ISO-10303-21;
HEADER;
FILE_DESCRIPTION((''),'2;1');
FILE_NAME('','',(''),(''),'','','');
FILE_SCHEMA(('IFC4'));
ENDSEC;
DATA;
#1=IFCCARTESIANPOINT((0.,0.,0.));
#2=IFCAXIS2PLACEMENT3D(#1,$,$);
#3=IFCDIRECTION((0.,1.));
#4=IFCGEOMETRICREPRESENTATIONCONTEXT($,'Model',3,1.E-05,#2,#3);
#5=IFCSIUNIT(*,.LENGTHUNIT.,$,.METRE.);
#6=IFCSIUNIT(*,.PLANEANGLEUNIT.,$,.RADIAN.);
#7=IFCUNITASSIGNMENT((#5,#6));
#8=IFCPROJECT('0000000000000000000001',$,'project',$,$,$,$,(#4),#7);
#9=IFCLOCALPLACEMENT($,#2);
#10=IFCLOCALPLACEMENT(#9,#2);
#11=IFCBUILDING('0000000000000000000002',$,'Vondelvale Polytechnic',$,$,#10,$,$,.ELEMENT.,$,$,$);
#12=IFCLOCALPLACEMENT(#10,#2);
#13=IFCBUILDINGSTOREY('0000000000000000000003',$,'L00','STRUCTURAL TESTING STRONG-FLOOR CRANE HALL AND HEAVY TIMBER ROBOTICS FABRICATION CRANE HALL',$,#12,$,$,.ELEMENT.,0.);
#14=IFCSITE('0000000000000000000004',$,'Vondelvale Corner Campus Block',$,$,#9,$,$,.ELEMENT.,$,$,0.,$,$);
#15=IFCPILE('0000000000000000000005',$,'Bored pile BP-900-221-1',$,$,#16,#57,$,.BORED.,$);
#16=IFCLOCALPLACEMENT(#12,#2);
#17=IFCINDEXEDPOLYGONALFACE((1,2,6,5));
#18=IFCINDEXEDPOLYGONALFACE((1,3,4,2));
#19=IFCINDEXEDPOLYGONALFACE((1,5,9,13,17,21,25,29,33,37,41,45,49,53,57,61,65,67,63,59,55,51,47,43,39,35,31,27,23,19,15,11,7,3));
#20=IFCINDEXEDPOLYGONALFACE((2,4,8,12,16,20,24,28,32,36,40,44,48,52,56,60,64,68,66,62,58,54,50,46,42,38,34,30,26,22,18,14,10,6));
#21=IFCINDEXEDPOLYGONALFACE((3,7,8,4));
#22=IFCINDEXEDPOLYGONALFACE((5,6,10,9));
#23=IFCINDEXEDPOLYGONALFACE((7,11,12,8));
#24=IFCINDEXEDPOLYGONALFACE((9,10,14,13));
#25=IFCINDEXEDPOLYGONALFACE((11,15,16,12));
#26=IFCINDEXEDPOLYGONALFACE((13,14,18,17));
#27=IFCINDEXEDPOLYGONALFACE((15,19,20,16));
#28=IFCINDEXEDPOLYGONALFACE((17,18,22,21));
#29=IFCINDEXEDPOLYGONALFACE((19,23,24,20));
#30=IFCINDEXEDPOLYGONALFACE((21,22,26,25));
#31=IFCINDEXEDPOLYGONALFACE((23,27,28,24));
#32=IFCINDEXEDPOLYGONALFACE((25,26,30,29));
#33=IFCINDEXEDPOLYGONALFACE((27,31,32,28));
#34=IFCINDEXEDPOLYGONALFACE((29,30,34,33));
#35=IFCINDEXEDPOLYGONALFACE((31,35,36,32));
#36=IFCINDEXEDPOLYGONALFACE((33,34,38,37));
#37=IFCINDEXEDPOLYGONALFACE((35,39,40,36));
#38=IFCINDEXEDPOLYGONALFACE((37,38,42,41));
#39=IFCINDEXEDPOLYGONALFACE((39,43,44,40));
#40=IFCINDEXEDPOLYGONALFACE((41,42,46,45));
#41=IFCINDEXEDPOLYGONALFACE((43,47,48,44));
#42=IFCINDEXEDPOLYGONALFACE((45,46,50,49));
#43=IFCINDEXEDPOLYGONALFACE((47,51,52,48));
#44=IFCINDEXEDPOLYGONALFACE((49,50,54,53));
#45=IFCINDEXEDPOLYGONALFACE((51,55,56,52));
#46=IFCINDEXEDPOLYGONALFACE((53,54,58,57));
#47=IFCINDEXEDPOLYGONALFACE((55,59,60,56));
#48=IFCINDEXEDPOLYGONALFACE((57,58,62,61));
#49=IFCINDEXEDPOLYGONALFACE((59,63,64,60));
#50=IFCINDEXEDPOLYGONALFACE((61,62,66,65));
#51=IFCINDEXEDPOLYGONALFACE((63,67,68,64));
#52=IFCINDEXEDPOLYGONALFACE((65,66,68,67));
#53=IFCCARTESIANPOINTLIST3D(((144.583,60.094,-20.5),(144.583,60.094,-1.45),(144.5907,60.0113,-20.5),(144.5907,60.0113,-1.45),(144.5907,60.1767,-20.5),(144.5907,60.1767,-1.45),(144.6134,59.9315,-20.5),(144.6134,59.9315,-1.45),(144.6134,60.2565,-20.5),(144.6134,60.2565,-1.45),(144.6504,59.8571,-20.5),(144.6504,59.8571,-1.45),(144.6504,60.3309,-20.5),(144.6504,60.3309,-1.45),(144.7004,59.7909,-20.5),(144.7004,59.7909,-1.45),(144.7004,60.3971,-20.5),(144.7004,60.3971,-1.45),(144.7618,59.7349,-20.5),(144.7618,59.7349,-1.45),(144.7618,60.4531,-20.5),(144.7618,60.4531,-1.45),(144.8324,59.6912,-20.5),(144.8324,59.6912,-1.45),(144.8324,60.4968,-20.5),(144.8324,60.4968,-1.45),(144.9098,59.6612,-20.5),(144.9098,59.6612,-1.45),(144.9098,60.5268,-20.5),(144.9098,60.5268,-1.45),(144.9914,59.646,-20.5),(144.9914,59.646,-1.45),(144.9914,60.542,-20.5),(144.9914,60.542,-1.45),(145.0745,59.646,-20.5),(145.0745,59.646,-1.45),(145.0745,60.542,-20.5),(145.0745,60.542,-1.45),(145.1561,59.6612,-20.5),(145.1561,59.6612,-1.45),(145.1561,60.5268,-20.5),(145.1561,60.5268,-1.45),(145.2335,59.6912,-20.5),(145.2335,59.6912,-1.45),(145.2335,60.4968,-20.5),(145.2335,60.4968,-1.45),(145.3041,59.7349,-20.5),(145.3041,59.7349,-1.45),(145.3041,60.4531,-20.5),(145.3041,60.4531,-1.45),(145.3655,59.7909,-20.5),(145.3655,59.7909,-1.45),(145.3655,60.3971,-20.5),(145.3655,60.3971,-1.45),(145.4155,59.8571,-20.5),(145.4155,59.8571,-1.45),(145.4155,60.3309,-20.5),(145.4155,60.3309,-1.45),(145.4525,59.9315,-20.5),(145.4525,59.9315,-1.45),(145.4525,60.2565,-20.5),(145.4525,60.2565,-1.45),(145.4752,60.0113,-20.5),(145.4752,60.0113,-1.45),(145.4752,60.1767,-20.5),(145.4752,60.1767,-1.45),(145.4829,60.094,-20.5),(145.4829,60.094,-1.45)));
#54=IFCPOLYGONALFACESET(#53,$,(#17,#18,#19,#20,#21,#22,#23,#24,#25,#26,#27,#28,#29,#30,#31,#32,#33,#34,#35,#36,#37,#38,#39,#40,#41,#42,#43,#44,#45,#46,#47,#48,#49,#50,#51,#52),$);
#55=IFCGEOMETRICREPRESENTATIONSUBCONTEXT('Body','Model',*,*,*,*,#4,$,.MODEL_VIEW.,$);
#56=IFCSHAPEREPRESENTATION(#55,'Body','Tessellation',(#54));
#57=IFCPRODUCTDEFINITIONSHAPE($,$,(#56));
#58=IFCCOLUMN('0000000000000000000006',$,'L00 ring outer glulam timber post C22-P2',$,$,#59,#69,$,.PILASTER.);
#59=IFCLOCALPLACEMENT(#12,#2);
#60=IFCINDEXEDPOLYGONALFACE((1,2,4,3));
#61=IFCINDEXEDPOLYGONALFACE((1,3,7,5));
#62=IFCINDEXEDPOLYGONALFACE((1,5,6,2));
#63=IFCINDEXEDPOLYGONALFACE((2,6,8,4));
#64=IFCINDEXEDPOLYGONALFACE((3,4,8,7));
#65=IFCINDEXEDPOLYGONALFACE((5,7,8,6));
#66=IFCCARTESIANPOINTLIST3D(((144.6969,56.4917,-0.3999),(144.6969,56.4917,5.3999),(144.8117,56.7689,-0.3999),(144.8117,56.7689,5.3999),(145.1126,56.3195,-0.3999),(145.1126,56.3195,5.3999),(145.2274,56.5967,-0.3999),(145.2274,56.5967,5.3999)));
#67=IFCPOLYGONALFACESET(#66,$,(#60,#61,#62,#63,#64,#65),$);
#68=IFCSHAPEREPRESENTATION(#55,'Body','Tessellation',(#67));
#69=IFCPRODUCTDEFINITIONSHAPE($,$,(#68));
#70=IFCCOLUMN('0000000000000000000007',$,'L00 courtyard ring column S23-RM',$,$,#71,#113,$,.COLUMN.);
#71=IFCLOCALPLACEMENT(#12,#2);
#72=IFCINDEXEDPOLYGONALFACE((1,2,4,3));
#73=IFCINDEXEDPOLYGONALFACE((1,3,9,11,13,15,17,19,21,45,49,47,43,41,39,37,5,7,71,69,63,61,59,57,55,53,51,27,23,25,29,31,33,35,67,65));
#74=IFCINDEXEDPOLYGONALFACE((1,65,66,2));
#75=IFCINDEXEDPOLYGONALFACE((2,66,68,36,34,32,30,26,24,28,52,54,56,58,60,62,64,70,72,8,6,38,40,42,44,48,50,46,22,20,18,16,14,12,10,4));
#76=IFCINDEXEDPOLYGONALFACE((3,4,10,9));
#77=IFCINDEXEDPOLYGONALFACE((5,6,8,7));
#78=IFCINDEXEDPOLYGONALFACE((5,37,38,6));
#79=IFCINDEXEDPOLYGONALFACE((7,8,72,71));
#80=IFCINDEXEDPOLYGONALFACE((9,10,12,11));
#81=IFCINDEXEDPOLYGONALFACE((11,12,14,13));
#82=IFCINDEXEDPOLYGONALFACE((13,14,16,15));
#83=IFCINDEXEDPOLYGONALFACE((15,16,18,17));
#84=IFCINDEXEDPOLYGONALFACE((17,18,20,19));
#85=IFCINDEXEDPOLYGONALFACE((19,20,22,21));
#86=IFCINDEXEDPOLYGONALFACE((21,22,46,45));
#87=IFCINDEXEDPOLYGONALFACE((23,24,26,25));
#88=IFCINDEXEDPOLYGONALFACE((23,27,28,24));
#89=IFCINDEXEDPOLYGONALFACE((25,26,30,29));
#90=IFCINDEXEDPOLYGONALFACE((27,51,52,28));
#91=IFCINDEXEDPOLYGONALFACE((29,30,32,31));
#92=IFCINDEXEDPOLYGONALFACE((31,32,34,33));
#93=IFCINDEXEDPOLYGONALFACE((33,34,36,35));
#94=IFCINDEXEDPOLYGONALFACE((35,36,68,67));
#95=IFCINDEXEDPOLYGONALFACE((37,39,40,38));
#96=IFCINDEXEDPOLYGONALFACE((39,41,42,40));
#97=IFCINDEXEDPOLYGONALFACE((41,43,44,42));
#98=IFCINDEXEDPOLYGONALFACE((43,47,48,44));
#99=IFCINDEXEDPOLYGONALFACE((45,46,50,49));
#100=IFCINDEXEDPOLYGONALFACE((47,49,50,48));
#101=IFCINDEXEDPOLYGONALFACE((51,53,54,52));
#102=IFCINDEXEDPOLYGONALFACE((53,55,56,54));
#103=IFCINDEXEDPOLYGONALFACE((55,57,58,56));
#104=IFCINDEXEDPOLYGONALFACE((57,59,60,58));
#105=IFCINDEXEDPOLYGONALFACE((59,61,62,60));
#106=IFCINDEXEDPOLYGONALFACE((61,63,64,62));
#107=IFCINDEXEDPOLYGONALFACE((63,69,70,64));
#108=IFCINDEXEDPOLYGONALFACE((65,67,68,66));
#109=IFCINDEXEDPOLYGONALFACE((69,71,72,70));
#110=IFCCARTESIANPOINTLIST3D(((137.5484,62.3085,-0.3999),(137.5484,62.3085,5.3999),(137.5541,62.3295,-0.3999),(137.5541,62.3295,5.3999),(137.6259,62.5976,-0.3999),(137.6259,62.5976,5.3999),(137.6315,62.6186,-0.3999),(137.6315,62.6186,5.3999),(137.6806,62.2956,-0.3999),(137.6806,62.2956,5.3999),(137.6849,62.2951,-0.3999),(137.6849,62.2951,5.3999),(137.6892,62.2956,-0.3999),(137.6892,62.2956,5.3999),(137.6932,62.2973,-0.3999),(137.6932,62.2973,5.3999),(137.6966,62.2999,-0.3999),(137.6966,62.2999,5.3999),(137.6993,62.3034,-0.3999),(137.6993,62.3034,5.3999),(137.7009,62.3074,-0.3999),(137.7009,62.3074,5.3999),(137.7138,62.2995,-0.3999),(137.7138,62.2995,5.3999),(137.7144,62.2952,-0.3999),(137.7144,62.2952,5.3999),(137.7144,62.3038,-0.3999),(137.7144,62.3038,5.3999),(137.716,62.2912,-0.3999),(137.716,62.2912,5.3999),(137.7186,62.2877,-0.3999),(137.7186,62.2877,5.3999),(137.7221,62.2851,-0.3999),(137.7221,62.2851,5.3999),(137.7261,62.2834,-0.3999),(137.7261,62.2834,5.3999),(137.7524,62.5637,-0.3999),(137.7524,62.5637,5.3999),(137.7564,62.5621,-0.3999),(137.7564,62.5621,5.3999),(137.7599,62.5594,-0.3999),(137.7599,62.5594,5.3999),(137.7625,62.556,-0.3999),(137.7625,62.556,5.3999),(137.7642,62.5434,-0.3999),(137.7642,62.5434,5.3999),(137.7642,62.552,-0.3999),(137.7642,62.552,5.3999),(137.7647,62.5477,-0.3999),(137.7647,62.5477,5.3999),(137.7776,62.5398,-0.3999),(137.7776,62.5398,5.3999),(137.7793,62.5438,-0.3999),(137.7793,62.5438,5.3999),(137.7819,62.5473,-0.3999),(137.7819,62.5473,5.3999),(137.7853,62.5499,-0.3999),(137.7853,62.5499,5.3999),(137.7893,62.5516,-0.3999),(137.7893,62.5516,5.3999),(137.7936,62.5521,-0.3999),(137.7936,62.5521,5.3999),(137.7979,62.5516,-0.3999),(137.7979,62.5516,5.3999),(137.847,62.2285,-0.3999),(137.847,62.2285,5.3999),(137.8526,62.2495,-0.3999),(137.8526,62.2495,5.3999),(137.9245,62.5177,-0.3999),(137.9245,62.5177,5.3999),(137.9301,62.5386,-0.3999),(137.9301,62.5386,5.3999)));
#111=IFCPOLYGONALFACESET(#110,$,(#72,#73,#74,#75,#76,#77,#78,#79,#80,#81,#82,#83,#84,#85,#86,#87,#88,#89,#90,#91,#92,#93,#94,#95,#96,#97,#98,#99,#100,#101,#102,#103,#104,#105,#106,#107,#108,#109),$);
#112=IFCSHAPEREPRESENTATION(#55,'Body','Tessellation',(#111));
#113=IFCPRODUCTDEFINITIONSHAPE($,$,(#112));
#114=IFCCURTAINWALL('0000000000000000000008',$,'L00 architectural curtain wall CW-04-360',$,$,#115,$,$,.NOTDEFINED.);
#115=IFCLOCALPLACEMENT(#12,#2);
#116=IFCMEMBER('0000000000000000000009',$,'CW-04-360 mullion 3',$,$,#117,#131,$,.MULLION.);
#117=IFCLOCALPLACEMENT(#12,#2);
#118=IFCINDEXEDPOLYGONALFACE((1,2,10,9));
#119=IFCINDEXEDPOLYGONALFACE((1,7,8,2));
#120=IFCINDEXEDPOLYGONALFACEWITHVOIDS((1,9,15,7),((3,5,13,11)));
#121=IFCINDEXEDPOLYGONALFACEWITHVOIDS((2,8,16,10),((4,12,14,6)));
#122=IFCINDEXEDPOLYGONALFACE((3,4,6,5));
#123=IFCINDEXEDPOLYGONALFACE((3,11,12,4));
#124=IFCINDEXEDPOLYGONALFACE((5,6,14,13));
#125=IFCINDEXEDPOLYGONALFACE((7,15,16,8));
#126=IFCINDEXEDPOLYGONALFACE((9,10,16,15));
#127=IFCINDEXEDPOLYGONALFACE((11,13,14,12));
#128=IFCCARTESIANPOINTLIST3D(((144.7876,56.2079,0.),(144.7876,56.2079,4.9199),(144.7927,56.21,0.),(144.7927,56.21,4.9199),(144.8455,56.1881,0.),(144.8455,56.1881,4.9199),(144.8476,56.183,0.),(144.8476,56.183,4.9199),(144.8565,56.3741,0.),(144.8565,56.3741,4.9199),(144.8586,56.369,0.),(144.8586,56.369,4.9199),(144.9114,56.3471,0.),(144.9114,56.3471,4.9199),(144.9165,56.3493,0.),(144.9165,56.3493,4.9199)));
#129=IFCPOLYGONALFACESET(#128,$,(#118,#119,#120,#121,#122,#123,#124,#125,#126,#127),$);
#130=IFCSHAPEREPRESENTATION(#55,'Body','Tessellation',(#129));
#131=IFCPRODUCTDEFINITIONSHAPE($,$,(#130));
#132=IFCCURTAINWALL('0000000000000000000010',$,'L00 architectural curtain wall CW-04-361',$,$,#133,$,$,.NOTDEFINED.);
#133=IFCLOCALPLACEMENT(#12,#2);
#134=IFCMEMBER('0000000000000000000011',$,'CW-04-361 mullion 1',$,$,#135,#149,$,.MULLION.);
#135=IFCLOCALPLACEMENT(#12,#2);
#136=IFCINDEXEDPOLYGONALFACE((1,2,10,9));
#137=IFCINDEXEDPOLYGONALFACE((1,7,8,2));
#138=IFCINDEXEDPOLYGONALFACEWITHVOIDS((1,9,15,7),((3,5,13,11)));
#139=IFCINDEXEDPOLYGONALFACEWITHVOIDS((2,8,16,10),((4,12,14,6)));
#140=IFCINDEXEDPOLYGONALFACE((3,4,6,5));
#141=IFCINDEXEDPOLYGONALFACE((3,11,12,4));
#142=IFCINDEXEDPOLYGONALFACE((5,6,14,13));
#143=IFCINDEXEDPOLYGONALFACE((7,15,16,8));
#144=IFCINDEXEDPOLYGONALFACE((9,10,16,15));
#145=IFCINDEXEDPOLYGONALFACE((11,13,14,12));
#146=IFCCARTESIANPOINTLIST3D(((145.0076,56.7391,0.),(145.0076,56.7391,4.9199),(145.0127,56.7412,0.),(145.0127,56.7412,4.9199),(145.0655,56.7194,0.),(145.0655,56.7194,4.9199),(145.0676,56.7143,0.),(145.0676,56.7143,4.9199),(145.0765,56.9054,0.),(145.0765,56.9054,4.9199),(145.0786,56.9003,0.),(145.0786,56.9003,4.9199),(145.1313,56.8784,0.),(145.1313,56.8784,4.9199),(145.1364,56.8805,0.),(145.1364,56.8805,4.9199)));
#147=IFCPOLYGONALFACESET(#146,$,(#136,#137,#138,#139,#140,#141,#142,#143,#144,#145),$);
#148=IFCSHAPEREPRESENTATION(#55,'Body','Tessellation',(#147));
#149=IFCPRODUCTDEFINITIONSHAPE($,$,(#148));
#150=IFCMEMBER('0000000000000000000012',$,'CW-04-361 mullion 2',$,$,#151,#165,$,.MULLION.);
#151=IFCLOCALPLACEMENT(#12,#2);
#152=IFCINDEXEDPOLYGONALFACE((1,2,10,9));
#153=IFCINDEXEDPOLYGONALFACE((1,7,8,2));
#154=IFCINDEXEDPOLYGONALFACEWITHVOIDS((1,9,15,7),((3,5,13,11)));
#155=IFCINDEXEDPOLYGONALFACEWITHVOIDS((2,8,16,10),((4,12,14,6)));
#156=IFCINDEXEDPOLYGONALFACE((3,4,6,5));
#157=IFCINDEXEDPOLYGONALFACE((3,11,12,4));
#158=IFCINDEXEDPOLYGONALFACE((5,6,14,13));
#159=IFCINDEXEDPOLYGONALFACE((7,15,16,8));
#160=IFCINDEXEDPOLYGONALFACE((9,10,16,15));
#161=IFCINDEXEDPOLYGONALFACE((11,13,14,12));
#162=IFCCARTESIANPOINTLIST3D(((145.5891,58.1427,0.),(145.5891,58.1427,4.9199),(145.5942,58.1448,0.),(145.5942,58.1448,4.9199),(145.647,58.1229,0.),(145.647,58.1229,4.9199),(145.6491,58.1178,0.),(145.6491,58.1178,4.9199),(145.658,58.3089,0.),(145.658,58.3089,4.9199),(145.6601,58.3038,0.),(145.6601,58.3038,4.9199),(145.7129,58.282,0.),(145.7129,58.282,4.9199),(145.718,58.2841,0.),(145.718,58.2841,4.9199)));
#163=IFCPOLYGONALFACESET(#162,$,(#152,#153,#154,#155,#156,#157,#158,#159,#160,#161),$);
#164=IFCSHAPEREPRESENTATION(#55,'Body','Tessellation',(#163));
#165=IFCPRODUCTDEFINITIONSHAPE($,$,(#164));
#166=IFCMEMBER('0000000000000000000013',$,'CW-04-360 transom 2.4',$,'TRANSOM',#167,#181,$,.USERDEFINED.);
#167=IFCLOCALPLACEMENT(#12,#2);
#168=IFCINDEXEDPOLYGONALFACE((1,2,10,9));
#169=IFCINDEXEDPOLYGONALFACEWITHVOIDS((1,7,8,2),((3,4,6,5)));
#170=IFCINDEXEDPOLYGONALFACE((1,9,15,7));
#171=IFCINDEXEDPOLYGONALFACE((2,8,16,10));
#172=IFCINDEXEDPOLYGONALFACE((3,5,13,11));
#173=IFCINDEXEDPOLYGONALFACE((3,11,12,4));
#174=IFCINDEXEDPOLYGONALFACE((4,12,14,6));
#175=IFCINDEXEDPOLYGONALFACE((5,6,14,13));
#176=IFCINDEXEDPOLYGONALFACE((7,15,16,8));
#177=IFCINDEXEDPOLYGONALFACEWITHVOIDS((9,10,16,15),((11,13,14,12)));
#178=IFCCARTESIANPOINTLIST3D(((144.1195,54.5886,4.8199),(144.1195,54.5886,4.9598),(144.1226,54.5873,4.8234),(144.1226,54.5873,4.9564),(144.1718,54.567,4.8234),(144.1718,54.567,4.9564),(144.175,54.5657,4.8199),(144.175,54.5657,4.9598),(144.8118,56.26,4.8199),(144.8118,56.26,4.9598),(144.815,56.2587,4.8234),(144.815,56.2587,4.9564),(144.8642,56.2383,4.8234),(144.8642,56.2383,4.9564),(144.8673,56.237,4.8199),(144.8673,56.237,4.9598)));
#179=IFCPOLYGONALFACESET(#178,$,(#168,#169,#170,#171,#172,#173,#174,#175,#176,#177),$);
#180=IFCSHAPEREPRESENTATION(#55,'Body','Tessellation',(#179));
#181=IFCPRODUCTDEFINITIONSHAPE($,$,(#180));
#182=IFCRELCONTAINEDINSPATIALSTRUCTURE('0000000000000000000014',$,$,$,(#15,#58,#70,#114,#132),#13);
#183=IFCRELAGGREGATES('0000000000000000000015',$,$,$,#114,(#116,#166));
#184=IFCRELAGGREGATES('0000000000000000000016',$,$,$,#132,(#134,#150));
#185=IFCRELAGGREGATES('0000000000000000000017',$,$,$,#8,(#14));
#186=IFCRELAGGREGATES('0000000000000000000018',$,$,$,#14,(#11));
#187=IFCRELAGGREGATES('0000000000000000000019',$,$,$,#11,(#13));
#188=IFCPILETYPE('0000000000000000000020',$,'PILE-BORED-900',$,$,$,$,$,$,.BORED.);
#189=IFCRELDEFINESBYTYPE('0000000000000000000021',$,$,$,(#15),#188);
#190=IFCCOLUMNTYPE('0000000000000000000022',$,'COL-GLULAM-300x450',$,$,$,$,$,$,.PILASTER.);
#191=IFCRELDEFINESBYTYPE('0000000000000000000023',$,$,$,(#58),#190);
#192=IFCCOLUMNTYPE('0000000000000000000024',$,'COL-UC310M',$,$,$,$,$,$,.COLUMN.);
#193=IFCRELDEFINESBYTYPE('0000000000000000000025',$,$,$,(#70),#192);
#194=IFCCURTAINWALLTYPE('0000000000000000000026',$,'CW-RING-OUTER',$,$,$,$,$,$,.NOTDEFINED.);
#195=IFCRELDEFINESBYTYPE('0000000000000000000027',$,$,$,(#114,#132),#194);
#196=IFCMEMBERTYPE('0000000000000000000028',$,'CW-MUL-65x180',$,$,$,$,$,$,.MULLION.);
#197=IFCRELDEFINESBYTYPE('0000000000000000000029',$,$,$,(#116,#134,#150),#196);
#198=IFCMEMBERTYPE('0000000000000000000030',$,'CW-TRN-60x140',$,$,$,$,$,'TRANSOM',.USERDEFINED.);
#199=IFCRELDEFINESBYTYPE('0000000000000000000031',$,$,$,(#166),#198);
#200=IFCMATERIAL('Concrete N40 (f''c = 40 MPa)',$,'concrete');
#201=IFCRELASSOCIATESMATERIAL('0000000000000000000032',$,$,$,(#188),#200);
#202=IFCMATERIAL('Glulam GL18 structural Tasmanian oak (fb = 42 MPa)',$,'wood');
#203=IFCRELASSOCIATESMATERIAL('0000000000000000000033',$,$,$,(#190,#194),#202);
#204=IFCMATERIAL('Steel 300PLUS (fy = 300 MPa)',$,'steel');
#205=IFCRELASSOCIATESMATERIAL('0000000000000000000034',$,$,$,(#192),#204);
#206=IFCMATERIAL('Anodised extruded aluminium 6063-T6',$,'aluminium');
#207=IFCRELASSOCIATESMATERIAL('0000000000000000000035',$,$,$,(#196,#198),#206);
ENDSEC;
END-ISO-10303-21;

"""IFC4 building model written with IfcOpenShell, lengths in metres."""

from ifc_helpers import new_model, si_unit, direction, frame, origin, origin_2d, place, context, subcontext, project, spatial, rectangle, hollow_rectangle, circle, i_section, extrude, material, material_profile, profile_set, type_object, element, aggregate, save


model = new_model("IFC4")

# Units and contexts
model_context = context("Model", 3, precision=1e-05, world=origin(), true_north=direction((0.0, 1.0)))
body_context = subcontext(model_context, "Body", "Model", "MODEL_VIEW")
ifc_project = project(units=[si_unit("LENGTHUNIT", "METRE"), si_unit("PLANEANGLEUNIT", "RADIAN")], contexts=[model_context])

# Site, building, storey
site_placement = place(None, origin())
site = spatial("IfcSite", under=ifc_project, at=site_placement, Name="Vondelvale Corner Campus Block", CompositionType="ELEMENT", RefElevation=0.0)
building_placement = place(site_placement, origin())
building = spatial("IfcBuilding", under=site, at=building_placement, Name="Vondelvale Polytechnic", CompositionType="ELEMENT")
storey_placement = place(building_placement, origin())
storey = spatial("IfcBuildingStorey", under=building, at=storey_placement, Name="L00", Description="STRUCTURAL TESTING STRONG-FLOOR CRANE HALL AND HEAVY TIMBER ROBOTICS FABRICATION CRANE HALL", CompositionType="ELEMENT", Elevation=0.0)

# Shared definitions
ifc_material_1 = material(Name="Concrete N40 (f'c = 40 MPa)", Category="concrete")

# Pile
ifc_material_profile_1 = material_profile(ifc_material_1, circle(Radius=0.45, at=origin_2d()), Name="PILE-D900")
ifc_profile_set_1 = profile_set([ifc_material_profile_1], Name="Concrete N40 (f'c = 40 MPa)")
pile_type_1 = type_object("IfcPileType", Name="PILE-BORED-900", PredefinedType="BORED", material=ifc_profile_set_1)
for number, where, z_axis, x_axis, name in (
    (1, (145.033, 60.094, -1.45), (0.0, 0.0, -1.0), (1.0, 0.0, 0.0), "Bored pile BP-900-221-1"),
):
    element("IfcPile", number, at=place(storey_placement, frame(where, z_axis=z_axis, x_axis=x_axis)), inside=storey, type_object=pile_type_1, Name=name, PredefinedType="BORED", context=body_context, shape_type="SweptSolid", body=[
        extrude(circle(Radius=0.45, at=origin_2d()), origin(), (0.0, 0.0, 1.0), 19.05),
    ])

# Columns
ifc_material_2 = material(Name="Glulam GL18 structural Tasmanian oak (fb = 42 MPa)", Category="wood")
ifc_material_profile_2 = material_profile(ifc_material_2, rectangle(XDim=0.3, YDim=0.45, at=origin_2d()), Name="GL-POST-300x450")
ifc_profile_set_2 = profile_set([ifc_material_profile_2], Name="Glulam GL18 structural Tasmanian oak (fb = 42 MPa)")
column_type_1 = type_object("IfcColumnType", Name="COL-GLULAM-300x450", PredefinedType="PILASTER", material=ifc_profile_set_2)
column_1_placement = place(storey_placement, frame((144.9622, 56.5442, -0.3999), z_axis=(0.0, 0.0, 1.0), x_axis=(0.382683, 0.92388, 0.0)))
element("IfcColumn", 2, at=column_1_placement, inside=storey, type_object=column_type_1, Name="L00 ring outer glulam timber post C22-P2", PredefinedType="PILASTER", context=body_context, shape_type="SweptSolid", body=[
    extrude(rectangle(XDim=0.3, YDim=0.45, at=origin_2d()), origin(), (0.0, 0.0, 1.0), 5.7998),
])
ifc_material_3 = material(Name="Steel 300PLUS (fy = 300 MPa)", Category="steel")
ifc_material_profile_3 = material_profile(ifc_material_3, i_section(OverallWidth=0.3091, OverallDepth=0.321, WebThickness=0.0139, FlangeThickness=0.0217, FilletRadius=0.0166, at=origin_2d()), Name="310UC137")
ifc_profile_set_3 = profile_set([ifc_material_profile_3], Name="Steel 300PLUS (fy = 300 MPa)")
column_type_2 = type_object("IfcColumnType", Name="COL-UC310M", PredefinedType="COLUMN", material=ifc_profile_set_3)
column_2_placement = place(storey_placement, frame((137.7393, 62.4236, -0.3999), z_axis=(0.0, 0.0, 1.0), x_axis=(-0.965926, 0.258819, 0.0)))
element("IfcColumn", 3, at=column_2_placement, inside=storey, type_object=column_type_2, Name="L00 courtyard ring column S23-RM", PredefinedType="COLUMN", context=body_context, shape_type="SweptSolid", body=[
    extrude(i_section(OverallWidth=0.3091, OverallDepth=0.321, WebThickness=0.0139, FlangeThickness=0.0217, FilletRadius=0.0166, at=origin_2d()), origin(), (0.0, 0.0, 1.0), 5.7998),
])

# Curtain wall, member
curtain_wall_type = type_object("IfcCurtainWallType", Name="CW-RING-OUTER", PredefinedType="NOTDEFINED", material=ifc_material_2)
curtain_wall_1_placement = place(storey_placement, origin())
curtain_wall_1 = element("IfcCurtainWall", 4, at=curtain_wall_1_placement, inside=storey, type_object=curtain_wall_type, Name="L00 architectural curtain wall CW-04-360", PredefinedType="NOTDEFINED")
ifc_material_4 = material(Name="Anodised extruded aluminium 6063-T6", Category="aluminium")
ifc_material_profile_4 = material_profile(ifc_material_4, hollow_rectangle(XDim=0.0649, YDim=0.1799, WallThickness=0.0039, at=origin_2d()), Name="CW-MUL-180x65")
ifc_profile_set_4 = profile_set([ifc_material_profile_4], Name="Anodised extruded aluminium 6063-T6")
member_type_1 = type_object("IfcMemberType", Name="CW-MUL-65x180", PredefinedType="MULLION", material=ifc_profile_set_4)
member_1_placement = place(storey_placement, frame((144.8521, 56.2786, 0.0), z_axis=(0.0, 0.0, 1.0), x_axis=(-0.923875, 0.382695, 0.0)))
member_1 = element("IfcMember", 5, at=member_1_placement, type_object=member_type_1, Name="CW-04-360 mullion 3", PredefinedType="MULLION", context=body_context, shape_type="SweptSolid", body=[
    extrude(hollow_rectangle(XDim=0.0649, YDim=0.1799, WallThickness=0.0039, at=origin_2d()), origin(), (0.0, 0.0, 1.0), 4.9199),
])

# Curtain wall, members
curtain_wall_2_placement = place(storey_placement, origin())
curtain_wall_2 = element("IfcCurtainWall", 6, at=curtain_wall_2_placement, inside=storey, type_object=curtain_wall_type, Name="L00 architectural curtain wall CW-04-361", PredefinedType="NOTDEFINED")
member_2_placement = place(storey_placement, frame((145.072, 56.8098, 0.0), z_axis=(0.0, 0.0, 1.0), x_axis=(-0.923881, 0.382679, 0.0)))
member_2 = element("IfcMember", 7, at=member_2_placement, type_object=member_type_1, Name="CW-04-361 mullion 1", PredefinedType="MULLION", context=body_context, shape_type="SweptSolid", body=[
    extrude(hollow_rectangle(XDim=0.0649, YDim=0.1799, WallThickness=0.0039, at=origin_2d()), origin(), (0.0, 0.0, 1.0), 4.9199),
])
member_3_placement = place(storey_placement, frame((145.6536, 58.2134, 0.0), z_axis=(0.0, 0.0, 1.0), x_axis=(-0.923881, 0.382679, 0.0)))
member_3 = element("IfcMember", 8, at=member_3_placement, type_object=member_type_1, Name="CW-04-361 mullion 2", PredefinedType="MULLION", context=body_context, shape_type="SweptSolid", body=[
    extrude(hollow_rectangle(XDim=0.0649, YDim=0.1799, WallThickness=0.0039, at=origin_2d()), origin(), (0.0, 0.0, 1.0), 4.9199),
])

# Member
ifc_material_profile_5 = material_profile(ifc_material_4, hollow_rectangle(XDim=0.0601, YDim=0.1399, WallThickness=0.0034, at=origin_2d()), Name="CW-TRN-140x60")
ifc_profile_set_5 = profile_set([ifc_material_profile_5], Name="Anodised extruded aluminium 6063-T6")
member_type_2 = type_object("IfcMemberType", Name="CW-TRN-60x140", ElementType="TRANSOM", PredefinedType="USERDEFINED", material=ifc_profile_set_5)
member_4_placement = place(storey_placement, frame((144.1472, 54.5771, 4.8899), z_axis=(0.382717, 0.923866, 0.0), x_axis=(-0.923866, 0.382717, 0.0)))
member_4 = element("IfcMember", 9, at=member_4_placement, type_object=member_type_2, Name="CW-04-360 transom 2.4", ObjectType="TRANSOM", PredefinedType="USERDEFINED", context=body_context, shape_type="SweptSolid", body=[
    extrude(hollow_rectangle(XDim=0.0601, YDim=0.1399, WallThickness=0.0034, at=origin_2d()), origin(), (0.0, 0.0, 1.0), 1.8091),
])

aggregate(curtain_wall_1, [member_1, member_4])
aggregate(curtain_wall_2, [member_2, member_3])

save(model, "model.ifc")
